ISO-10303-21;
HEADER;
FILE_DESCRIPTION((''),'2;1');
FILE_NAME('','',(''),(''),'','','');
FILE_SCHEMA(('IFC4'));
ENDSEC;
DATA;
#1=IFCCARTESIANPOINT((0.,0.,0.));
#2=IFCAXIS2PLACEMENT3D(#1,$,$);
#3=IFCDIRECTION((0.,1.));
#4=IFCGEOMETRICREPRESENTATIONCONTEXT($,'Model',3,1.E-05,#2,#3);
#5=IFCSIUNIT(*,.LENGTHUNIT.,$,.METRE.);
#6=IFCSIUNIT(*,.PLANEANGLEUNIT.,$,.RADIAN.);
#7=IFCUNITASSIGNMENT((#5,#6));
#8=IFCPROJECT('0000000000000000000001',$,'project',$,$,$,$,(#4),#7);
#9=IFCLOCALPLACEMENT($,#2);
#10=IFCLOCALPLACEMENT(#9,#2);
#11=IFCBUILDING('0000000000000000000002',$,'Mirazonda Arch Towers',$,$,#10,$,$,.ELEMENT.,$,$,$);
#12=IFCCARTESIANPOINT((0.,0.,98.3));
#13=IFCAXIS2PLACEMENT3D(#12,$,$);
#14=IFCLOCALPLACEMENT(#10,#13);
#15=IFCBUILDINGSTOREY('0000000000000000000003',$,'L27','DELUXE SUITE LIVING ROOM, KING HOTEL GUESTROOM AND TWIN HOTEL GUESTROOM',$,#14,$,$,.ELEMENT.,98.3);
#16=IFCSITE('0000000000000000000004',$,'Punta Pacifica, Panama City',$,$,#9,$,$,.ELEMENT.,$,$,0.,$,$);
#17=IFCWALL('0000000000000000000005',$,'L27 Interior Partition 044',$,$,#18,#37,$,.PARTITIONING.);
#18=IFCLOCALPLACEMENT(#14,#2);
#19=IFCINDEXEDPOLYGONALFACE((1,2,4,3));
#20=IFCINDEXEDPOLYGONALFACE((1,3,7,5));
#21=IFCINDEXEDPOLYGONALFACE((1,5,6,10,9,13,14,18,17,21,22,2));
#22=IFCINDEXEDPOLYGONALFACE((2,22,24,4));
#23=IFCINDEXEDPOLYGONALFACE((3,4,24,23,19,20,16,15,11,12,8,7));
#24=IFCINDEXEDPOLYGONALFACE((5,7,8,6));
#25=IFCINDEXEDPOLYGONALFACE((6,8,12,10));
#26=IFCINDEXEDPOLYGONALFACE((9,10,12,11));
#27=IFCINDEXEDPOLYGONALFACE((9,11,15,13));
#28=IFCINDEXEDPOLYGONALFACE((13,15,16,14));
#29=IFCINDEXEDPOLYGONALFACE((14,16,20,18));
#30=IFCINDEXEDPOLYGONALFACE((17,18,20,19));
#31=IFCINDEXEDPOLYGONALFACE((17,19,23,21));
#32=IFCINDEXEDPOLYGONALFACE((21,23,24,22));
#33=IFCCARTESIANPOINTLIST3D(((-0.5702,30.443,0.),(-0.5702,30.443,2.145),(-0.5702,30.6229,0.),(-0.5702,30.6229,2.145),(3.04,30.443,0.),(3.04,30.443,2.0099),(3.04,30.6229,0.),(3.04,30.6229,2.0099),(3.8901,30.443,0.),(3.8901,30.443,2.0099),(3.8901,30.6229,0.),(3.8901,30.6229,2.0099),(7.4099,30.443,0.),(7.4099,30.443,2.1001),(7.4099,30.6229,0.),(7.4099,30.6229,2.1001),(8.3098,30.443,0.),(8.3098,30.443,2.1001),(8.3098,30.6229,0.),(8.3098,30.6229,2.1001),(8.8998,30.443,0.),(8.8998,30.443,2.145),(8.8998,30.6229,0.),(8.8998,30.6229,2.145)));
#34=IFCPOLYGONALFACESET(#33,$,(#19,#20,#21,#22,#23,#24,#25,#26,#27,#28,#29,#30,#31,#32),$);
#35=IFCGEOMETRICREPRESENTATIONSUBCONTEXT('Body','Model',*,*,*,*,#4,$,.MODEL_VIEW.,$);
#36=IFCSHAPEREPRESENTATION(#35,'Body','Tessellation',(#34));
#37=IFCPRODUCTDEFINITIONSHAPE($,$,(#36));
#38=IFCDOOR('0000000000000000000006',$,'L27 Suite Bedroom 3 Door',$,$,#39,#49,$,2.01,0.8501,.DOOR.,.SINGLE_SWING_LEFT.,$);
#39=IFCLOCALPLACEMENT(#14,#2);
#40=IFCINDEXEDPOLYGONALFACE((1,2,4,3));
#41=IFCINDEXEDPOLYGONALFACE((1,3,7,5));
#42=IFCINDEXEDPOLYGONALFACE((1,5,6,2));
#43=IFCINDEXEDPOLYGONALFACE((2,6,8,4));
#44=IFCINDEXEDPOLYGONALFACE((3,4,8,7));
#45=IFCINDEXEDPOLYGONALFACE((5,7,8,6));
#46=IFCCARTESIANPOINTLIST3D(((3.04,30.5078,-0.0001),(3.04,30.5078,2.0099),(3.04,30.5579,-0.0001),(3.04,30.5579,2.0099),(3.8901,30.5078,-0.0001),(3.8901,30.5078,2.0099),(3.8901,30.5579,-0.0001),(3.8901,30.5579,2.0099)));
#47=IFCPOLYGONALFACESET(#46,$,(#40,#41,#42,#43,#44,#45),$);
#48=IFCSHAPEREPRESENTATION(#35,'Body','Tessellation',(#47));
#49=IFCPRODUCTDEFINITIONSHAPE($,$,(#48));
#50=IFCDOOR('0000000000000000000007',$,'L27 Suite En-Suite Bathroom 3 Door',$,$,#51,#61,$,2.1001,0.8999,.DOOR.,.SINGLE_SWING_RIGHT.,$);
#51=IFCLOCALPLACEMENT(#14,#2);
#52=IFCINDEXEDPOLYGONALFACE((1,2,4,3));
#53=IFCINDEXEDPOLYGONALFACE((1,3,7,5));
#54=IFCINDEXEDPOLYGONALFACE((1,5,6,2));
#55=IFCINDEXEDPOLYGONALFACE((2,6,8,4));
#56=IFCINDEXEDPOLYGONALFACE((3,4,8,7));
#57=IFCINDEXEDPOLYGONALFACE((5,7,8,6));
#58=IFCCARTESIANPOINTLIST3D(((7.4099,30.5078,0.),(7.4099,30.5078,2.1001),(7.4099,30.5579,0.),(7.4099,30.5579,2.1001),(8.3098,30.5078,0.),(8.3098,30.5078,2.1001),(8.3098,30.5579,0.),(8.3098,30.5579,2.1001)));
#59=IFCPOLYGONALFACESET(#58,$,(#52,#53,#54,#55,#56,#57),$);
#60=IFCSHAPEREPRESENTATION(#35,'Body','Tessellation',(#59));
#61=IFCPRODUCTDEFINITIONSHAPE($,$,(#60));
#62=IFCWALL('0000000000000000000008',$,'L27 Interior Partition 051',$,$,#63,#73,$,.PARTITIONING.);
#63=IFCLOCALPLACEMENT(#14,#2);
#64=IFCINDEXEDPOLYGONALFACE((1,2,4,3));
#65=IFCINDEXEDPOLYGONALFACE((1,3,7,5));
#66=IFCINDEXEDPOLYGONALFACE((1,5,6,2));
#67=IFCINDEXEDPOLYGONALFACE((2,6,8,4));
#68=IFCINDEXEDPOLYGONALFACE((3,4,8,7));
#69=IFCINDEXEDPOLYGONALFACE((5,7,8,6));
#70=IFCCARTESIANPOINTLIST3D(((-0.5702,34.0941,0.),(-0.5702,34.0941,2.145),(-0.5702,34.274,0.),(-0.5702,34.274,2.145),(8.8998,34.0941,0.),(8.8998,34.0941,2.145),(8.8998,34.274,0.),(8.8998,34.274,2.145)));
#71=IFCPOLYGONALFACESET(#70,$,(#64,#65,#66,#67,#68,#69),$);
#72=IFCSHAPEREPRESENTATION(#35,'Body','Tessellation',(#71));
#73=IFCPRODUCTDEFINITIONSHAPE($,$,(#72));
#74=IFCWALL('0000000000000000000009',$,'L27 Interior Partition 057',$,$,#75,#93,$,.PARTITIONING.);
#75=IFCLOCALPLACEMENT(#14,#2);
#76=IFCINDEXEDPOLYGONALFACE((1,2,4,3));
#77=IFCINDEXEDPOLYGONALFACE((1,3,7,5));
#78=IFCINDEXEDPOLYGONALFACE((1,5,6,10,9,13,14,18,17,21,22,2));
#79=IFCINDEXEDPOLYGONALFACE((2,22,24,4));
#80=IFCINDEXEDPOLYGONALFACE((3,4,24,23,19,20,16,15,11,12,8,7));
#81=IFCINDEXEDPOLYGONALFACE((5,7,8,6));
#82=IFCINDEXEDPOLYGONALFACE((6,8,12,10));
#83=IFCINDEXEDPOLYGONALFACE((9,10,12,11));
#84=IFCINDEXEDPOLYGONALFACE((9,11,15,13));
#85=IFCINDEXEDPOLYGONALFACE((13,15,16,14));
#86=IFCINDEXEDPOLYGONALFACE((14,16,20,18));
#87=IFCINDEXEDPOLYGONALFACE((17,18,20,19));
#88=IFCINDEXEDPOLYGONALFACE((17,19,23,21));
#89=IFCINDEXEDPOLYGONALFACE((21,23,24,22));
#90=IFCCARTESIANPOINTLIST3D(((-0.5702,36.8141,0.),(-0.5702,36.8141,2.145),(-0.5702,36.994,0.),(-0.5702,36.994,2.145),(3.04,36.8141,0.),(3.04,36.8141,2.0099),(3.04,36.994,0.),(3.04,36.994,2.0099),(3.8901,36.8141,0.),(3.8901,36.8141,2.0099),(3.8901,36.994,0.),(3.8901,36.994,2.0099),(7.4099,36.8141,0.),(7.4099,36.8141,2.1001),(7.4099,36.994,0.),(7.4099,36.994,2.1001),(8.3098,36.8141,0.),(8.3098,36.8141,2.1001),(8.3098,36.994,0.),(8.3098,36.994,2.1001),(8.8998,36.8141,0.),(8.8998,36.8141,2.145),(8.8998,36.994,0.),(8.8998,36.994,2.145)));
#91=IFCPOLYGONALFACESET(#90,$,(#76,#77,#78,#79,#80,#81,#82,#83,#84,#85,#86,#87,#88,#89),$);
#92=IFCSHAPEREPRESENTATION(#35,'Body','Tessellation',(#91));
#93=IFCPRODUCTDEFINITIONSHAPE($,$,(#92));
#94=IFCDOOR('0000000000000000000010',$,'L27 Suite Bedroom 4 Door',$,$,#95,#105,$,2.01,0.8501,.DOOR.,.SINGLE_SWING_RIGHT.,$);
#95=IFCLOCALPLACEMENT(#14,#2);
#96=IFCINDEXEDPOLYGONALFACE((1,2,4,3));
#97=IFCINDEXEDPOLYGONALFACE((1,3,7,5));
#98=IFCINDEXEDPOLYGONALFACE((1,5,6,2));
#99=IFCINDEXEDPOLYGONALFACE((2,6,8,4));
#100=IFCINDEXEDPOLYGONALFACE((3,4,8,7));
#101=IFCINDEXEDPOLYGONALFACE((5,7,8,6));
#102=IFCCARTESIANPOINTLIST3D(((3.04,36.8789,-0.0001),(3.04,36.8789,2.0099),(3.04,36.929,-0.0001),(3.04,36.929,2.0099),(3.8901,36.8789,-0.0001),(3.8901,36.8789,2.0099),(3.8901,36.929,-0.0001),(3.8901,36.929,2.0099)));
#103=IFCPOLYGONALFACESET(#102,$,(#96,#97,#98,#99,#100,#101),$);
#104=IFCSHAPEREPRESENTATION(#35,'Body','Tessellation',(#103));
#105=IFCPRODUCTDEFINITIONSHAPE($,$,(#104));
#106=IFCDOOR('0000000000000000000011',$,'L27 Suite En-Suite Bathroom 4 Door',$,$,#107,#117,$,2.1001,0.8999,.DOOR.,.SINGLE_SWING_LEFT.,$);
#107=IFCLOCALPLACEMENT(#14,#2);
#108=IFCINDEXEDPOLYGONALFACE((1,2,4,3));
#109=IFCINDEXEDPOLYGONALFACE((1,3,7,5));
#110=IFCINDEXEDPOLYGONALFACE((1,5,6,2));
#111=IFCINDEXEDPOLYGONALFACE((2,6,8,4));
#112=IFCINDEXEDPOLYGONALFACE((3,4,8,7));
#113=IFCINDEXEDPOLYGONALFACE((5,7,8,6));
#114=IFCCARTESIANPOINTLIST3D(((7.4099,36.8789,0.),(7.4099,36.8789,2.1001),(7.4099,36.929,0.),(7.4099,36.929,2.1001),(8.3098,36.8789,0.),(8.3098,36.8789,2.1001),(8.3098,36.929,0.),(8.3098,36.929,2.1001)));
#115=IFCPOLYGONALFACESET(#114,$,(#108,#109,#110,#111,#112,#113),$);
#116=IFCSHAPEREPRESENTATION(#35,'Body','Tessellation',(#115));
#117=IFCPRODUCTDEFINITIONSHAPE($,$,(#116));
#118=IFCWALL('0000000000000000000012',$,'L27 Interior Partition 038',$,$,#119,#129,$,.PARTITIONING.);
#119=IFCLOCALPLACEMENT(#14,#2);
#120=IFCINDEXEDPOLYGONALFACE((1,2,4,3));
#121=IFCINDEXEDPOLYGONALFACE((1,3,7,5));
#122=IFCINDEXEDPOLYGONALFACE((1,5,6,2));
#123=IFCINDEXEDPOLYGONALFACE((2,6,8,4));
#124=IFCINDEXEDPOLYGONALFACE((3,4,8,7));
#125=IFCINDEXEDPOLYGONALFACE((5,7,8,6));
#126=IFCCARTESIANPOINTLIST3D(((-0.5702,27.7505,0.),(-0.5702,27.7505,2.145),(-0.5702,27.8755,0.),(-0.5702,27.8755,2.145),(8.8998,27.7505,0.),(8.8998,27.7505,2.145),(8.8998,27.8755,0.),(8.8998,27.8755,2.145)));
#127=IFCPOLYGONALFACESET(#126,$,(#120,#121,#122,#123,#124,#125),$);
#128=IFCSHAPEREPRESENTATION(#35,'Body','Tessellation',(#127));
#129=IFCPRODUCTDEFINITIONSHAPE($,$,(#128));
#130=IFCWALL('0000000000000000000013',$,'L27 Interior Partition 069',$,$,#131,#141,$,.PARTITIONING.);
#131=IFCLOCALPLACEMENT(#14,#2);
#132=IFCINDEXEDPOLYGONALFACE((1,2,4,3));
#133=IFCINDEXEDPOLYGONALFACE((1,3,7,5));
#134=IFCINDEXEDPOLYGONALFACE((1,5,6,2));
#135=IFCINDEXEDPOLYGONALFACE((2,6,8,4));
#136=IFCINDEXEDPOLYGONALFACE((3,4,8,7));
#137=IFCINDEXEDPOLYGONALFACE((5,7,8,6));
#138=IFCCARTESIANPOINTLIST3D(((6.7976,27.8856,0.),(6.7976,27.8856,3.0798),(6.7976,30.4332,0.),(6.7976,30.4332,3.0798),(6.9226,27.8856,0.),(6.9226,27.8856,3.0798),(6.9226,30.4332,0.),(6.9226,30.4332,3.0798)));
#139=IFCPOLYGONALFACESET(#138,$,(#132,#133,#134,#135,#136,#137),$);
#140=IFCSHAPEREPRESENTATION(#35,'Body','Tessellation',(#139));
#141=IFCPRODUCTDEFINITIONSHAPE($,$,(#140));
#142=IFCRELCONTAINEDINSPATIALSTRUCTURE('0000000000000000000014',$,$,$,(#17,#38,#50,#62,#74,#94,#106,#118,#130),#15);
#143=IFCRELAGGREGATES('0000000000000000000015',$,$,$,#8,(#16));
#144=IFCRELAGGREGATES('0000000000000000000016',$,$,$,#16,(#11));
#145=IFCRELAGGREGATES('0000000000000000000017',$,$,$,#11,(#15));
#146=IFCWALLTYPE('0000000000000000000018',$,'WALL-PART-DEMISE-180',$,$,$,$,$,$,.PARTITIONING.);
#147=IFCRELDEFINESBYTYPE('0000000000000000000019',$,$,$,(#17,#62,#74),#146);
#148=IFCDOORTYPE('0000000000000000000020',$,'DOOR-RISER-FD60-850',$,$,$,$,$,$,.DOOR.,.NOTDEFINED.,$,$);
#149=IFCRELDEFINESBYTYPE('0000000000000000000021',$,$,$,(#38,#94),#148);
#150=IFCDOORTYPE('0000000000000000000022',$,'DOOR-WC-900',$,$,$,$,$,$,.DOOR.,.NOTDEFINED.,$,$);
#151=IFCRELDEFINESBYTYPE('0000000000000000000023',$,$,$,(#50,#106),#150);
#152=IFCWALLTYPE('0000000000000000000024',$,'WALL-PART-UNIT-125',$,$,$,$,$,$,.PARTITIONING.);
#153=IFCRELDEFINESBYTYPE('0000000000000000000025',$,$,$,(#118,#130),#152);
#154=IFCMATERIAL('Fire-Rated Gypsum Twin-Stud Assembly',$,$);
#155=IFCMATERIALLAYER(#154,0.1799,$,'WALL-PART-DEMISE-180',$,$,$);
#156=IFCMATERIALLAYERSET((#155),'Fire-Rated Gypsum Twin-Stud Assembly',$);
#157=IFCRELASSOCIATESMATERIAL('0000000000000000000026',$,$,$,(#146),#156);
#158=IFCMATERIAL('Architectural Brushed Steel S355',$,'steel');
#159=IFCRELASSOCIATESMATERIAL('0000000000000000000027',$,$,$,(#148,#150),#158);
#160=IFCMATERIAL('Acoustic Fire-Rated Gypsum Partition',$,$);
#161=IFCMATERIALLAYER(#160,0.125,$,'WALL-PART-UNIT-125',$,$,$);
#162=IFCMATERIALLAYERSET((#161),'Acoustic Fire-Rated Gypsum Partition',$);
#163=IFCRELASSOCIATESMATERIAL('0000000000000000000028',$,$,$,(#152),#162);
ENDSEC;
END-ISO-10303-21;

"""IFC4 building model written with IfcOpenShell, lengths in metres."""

from ifc_helpers import new_model, si_unit, direction, frame, frame_2d, origin, place, context, subcontext, project, spatial, rectangle, extrude, material, layer, layer_set, type_object, element, fill, save


model = new_model("IFC4")

# Units and contexts
model_context = context("Model", 3, precision=1e-05, world=origin(), true_north=direction((0.0, 1.0)))
body_context = subcontext(model_context, "Body", "Model", "MODEL_VIEW")
ifc_project = project(units=[si_unit("LENGTHUNIT", "METRE"), si_unit("PLANEANGLEUNIT", "RADIAN")], contexts=[model_context])

# Site, building, storey
site_placement = place(None, origin())
site = spatial("IfcSite", under=ifc_project, at=site_placement, Name="Punta Pacifica, Panama City", CompositionType="ELEMENT", RefElevation=0.0)
building_placement = place(site_placement, origin())
building = spatial("IfcBuilding", under=site, at=building_placement, Name="Mirazonda Arch Towers", CompositionType="ELEMENT")
storey_placement = place(building_placement, frame((0.0, 0.0, 98.3)))
storey = spatial("IfcBuildingStorey", under=building, at=storey_placement, Name="L27", Description="DELUXE SUITE LIVING ROOM, KING HOTEL GUESTROOM AND TWIN HOTEL GUESTROOM", CompositionType="ELEMENT", Elevation=98.3)

# Wall, openings, doors
ifc_material_1 = material(Name="Fire-Rated Gypsum Twin-Stud Assembly")
ifc_layer_1 = layer(ifc_material_1, 0.1799, Name="WALL-PART-DEMISE-180")
ifc_layer_set_1 = layer_set([ifc_layer_1], Name="Fire-Rated Gypsum Twin-Stud Assembly")
wall_type_1 = type_object("IfcWallType", Name="WALL-PART-DEMISE-180", PredefinedType="PARTITIONING", material=ifc_layer_set_1)
wall_1_placement = place(storey_placement, frame((-0.5701, 30.533, 0.0), z_axis=(0.0, 0.0, 1.0), x_axis=(1.0, 0.0, 0.0)))
wall_1 = element("IfcWall", 1, at=wall_1_placement, inside=storey, type_object=wall_type_1, Name="L27 Interior Partition 044", PredefinedType="PARTITIONING", context=body_context, shape_type="SweptSolid", body=[
    extrude(rectangle(XDim=9.47, YDim=0.1799, at=frame_2d((4.7349, 0.0))), origin(), (0.0, 0.0, 1.0), 2.145),
])
opening_1_placement = place(wall_1_placement, frame((3.6101, 0.0, 0.0)))
opening_1 = element("IfcOpeningElement", 2, at=opening_1_placement, cuts=wall_1, PredefinedType="OPENING", context=body_context, shape_type="SweptSolid", body=[
    extrude(rectangle(XDim=0.8501, YDim=2.01, at=frame_2d((0.425, 1.0049))), frame((0.0, 0.0999, 0.0), z_axis=(0.0, -1.0, 0.0), x_axis=(1.0, 0.0, 0.0)), (0.0, 0.0, 1.0), 0.2),
])
opening_2_placement = place(wall_1_placement, frame((7.98, 0.0, 0.0)))
opening_2 = element("IfcOpeningElement", 3, at=opening_2_placement, cuts=wall_1, PredefinedType="OPENING", context=body_context, shape_type="SweptSolid", body=[
    extrude(rectangle(XDim=0.8999, YDim=2.1001, at=frame_2d((0.45, 1.05))), frame((0.0, 0.0999, 0.0), z_axis=(0.0, -1.0, 0.0), x_axis=(1.0, 0.0, 0.0)), (0.0, 0.0, 1.0), 0.2),
])
ifc_material_2 = material(Name="Architectural Brushed Steel S355", Category="steel")
door_type_1 = type_object("IfcDoorType", Name="DOOR-RISER-FD60-850", OperationType="NOTDEFINED", PredefinedType="DOOR", material=ifc_material_2)
door_1_placement = place(opening_1_placement, origin())
door_1 = element("IfcDoor", 4, at=door_1_placement, inside=storey, type_object=door_type_1, Name="L27 Suite Bedroom 3 Door", OperationType="SINGLE_SWING_LEFT", OverallHeight=2.01, OverallWidth=0.8501, PredefinedType="DOOR", context=body_context, shape_type="SweptSolid", body=[
    extrude(rectangle(XDim=0.8501, YDim=2.01, at=frame_2d((0.425, 1.0049))), frame((0.0, 0.0249, 0.0), z_axis=(0.0, -1.0, 0.0), x_axis=(1.0, 0.0, 0.0)), (0.0, 0.0, 1.0), 0.05),
])
fill(opening_1, door_1)
door_type_2 = type_object("IfcDoorType", Name="DOOR-WC-900", OperationType="NOTDEFINED", PredefinedType="DOOR", material=ifc_material_2)
door_2_placement = place(opening_2_placement, origin())
door_2 = element("IfcDoor", 5, at=door_2_placement, inside=storey, type_object=door_type_2, Name="L27 Suite En-Suite Bathroom 3 Door", OperationType="SINGLE_SWING_RIGHT", OverallHeight=2.1001, OverallWidth=0.8999, PredefinedType="DOOR", context=body_context, shape_type="SweptSolid", body=[
    extrude(rectangle(XDim=0.8999, YDim=2.1001, at=frame_2d((0.45, 1.05))), frame((0.0, 0.0249, 0.0), z_axis=(0.0, -1.0, 0.0), x_axis=(1.0, 0.0, 0.0)), (0.0, 0.0, 1.0), 0.05),
])
fill(opening_2, door_2)

# Wall
wall_2_placement = place(storey_placement, frame((-0.5701, 34.1841, 0.0), z_axis=(0.0, 0.0, 1.0), x_axis=(1.0, 0.0, 0.0)))
element("IfcWall", 6, at=wall_2_placement, inside=storey, type_object=wall_type_1, Name="L27 Interior Partition 051", PredefinedType="PARTITIONING", context=body_context, shape_type="SweptSolid", body=[
    extrude(rectangle(XDim=9.47, YDim=0.1799, at=frame_2d((4.7349, 0.0))), origin(), (0.0, 0.0, 1.0), 2.145),
])

# Wall, openings, doors
wall_3_placement = place(storey_placement, frame((-0.5701, 36.9041, 0.0), z_axis=(0.0, 0.0, 1.0), x_axis=(1.0, 0.0, 0.0)))
wall_3 = element("IfcWall", 7, at=wall_3_placement, inside=storey, type_object=wall_type_1, Name="L27 Interior Partition 057", PredefinedType="PARTITIONING", context=body_context, shape_type="SweptSolid", body=[
    extrude(rectangle(XDim=9.47, YDim=0.1799, at=frame_2d((4.7349, 0.0))), origin(), (0.0, 0.0, 1.0), 2.145),
])
opening_3_placement = place(wall_3_placement, frame((3.6101, 0.0, 0.0)))
opening_3 = element("IfcOpeningElement", 8, at=opening_3_placement, cuts=wall_3, PredefinedType="OPENING", context=body_context, shape_type="SweptSolid", body=[
    extrude(rectangle(XDim=0.8501, YDim=2.01, at=frame_2d((0.425, 1.0049))), frame((0.0, 0.0999, 0.0), z_axis=(0.0, -1.0, 0.0), x_axis=(1.0, 0.0, 0.0)), (0.0, 0.0, 1.0), 0.2),
])
opening_4_placement = place(wall_3_placement, frame((7.98, 0.0, 0.0)))
opening_4 = element("IfcOpeningElement", 9, at=opening_4_placement, cuts=wall_3, PredefinedType="OPENING", context=body_context, shape_type="SweptSolid", body=[
    extrude(rectangle(XDim=0.8999, YDim=2.1001, at=frame_2d((0.45, 1.05))), frame((0.0, 0.0999, 0.0), z_axis=(0.0, -1.0, 0.0), x_axis=(1.0, 0.0, 0.0)), (0.0, 0.0, 1.0), 0.2),
])
door_3_placement = place(opening_3_placement, origin())
door_3 = element("IfcDoor", 10, at=door_3_placement, inside=storey, type_object=door_type_1, Name="L27 Suite Bedroom 4 Door", OperationType="SINGLE_SWING_RIGHT", OverallHeight=2.01, OverallWidth=0.8501, PredefinedType="DOOR", context=body_context, shape_type="SweptSolid", body=[
    extrude(rectangle(XDim=0.8501, YDim=2.01, at=frame_2d((0.425, 1.0049))), frame((0.0, 0.0249, 0.0), z_axis=(0.0, -1.0, 0.0), x_axis=(1.0, 0.0, 0.0)), (0.0, 0.0, 1.0), 0.05),
])
fill(opening_3, door_3)
door_4_placement = place(opening_4_placement, origin())
door_4 = element("IfcDoor", 11, at=door_4_placement, inside=storey, type_object=door_type_2, Name="L27 Suite En-Suite Bathroom 4 Door", OperationType="SINGLE_SWING_LEFT", OverallHeight=2.1001, OverallWidth=0.8999, PredefinedType="DOOR", context=body_context, shape_type="SweptSolid", body=[
    extrude(rectangle(XDim=0.8999, YDim=2.1001, at=frame_2d((0.45, 1.05))), frame((0.0, 0.0249, 0.0), z_axis=(0.0, -1.0, 0.0), x_axis=(1.0, 0.0, 0.0)), (0.0, 0.0, 1.0), 0.05),
])
fill(opening_4, door_4)

# Walls
ifc_material_3 = material(Name="Acoustic Fire-Rated Gypsum Partition")
ifc_layer_2 = layer(ifc_material_3, 0.125, Name="WALL-PART-UNIT-125")
ifc_layer_set_2 = layer_set([ifc_layer_2], Name="Acoustic Fire-Rated Gypsum Partition")
wall_type_2 = type_object("IfcWallType", Name="WALL-PART-UNIT-125", PredefinedType="PARTITIONING", material=ifc_layer_set_2)
wall_4_placement = place(storey_placement, frame((-0.5701, 27.813, 0.0), z_axis=(0.0, 0.0, 1.0), x_axis=(1.0, 0.0, 0.0)))
element("IfcWall", 12, at=wall_4_placement, inside=storey, type_object=wall_type_2, Name="L27 Interior Partition 038", PredefinedType="PARTITIONING", context=body_context, shape_type="SweptSolid", body=[
    extrude(rectangle(XDim=9.47, YDim=0.125, at=frame_2d((4.7349, 0.0))), origin(), (0.0, 0.0, 1.0), 2.145),
])
wall_5_placement = place(storey_placement, frame((6.8601, 27.8855, 0.0), z_axis=(0.0, 0.0, 1.0), x_axis=(0.0, 1.0, 0.0)))
element("IfcWall", 13, at=wall_5_placement, inside=storey, type_object=wall_type_2, Name="L27 Interior Partition 069", PredefinedType="PARTITIONING", context=body_context, shape_type="SweptSolid", body=[
    extrude(rectangle(XDim=2.5476, YDim=0.125, at=frame_2d((1.2739, 0.0))), origin(), (0.0, 0.0, 1.0), 3.0798),
])

save(model, "model.ifc")
